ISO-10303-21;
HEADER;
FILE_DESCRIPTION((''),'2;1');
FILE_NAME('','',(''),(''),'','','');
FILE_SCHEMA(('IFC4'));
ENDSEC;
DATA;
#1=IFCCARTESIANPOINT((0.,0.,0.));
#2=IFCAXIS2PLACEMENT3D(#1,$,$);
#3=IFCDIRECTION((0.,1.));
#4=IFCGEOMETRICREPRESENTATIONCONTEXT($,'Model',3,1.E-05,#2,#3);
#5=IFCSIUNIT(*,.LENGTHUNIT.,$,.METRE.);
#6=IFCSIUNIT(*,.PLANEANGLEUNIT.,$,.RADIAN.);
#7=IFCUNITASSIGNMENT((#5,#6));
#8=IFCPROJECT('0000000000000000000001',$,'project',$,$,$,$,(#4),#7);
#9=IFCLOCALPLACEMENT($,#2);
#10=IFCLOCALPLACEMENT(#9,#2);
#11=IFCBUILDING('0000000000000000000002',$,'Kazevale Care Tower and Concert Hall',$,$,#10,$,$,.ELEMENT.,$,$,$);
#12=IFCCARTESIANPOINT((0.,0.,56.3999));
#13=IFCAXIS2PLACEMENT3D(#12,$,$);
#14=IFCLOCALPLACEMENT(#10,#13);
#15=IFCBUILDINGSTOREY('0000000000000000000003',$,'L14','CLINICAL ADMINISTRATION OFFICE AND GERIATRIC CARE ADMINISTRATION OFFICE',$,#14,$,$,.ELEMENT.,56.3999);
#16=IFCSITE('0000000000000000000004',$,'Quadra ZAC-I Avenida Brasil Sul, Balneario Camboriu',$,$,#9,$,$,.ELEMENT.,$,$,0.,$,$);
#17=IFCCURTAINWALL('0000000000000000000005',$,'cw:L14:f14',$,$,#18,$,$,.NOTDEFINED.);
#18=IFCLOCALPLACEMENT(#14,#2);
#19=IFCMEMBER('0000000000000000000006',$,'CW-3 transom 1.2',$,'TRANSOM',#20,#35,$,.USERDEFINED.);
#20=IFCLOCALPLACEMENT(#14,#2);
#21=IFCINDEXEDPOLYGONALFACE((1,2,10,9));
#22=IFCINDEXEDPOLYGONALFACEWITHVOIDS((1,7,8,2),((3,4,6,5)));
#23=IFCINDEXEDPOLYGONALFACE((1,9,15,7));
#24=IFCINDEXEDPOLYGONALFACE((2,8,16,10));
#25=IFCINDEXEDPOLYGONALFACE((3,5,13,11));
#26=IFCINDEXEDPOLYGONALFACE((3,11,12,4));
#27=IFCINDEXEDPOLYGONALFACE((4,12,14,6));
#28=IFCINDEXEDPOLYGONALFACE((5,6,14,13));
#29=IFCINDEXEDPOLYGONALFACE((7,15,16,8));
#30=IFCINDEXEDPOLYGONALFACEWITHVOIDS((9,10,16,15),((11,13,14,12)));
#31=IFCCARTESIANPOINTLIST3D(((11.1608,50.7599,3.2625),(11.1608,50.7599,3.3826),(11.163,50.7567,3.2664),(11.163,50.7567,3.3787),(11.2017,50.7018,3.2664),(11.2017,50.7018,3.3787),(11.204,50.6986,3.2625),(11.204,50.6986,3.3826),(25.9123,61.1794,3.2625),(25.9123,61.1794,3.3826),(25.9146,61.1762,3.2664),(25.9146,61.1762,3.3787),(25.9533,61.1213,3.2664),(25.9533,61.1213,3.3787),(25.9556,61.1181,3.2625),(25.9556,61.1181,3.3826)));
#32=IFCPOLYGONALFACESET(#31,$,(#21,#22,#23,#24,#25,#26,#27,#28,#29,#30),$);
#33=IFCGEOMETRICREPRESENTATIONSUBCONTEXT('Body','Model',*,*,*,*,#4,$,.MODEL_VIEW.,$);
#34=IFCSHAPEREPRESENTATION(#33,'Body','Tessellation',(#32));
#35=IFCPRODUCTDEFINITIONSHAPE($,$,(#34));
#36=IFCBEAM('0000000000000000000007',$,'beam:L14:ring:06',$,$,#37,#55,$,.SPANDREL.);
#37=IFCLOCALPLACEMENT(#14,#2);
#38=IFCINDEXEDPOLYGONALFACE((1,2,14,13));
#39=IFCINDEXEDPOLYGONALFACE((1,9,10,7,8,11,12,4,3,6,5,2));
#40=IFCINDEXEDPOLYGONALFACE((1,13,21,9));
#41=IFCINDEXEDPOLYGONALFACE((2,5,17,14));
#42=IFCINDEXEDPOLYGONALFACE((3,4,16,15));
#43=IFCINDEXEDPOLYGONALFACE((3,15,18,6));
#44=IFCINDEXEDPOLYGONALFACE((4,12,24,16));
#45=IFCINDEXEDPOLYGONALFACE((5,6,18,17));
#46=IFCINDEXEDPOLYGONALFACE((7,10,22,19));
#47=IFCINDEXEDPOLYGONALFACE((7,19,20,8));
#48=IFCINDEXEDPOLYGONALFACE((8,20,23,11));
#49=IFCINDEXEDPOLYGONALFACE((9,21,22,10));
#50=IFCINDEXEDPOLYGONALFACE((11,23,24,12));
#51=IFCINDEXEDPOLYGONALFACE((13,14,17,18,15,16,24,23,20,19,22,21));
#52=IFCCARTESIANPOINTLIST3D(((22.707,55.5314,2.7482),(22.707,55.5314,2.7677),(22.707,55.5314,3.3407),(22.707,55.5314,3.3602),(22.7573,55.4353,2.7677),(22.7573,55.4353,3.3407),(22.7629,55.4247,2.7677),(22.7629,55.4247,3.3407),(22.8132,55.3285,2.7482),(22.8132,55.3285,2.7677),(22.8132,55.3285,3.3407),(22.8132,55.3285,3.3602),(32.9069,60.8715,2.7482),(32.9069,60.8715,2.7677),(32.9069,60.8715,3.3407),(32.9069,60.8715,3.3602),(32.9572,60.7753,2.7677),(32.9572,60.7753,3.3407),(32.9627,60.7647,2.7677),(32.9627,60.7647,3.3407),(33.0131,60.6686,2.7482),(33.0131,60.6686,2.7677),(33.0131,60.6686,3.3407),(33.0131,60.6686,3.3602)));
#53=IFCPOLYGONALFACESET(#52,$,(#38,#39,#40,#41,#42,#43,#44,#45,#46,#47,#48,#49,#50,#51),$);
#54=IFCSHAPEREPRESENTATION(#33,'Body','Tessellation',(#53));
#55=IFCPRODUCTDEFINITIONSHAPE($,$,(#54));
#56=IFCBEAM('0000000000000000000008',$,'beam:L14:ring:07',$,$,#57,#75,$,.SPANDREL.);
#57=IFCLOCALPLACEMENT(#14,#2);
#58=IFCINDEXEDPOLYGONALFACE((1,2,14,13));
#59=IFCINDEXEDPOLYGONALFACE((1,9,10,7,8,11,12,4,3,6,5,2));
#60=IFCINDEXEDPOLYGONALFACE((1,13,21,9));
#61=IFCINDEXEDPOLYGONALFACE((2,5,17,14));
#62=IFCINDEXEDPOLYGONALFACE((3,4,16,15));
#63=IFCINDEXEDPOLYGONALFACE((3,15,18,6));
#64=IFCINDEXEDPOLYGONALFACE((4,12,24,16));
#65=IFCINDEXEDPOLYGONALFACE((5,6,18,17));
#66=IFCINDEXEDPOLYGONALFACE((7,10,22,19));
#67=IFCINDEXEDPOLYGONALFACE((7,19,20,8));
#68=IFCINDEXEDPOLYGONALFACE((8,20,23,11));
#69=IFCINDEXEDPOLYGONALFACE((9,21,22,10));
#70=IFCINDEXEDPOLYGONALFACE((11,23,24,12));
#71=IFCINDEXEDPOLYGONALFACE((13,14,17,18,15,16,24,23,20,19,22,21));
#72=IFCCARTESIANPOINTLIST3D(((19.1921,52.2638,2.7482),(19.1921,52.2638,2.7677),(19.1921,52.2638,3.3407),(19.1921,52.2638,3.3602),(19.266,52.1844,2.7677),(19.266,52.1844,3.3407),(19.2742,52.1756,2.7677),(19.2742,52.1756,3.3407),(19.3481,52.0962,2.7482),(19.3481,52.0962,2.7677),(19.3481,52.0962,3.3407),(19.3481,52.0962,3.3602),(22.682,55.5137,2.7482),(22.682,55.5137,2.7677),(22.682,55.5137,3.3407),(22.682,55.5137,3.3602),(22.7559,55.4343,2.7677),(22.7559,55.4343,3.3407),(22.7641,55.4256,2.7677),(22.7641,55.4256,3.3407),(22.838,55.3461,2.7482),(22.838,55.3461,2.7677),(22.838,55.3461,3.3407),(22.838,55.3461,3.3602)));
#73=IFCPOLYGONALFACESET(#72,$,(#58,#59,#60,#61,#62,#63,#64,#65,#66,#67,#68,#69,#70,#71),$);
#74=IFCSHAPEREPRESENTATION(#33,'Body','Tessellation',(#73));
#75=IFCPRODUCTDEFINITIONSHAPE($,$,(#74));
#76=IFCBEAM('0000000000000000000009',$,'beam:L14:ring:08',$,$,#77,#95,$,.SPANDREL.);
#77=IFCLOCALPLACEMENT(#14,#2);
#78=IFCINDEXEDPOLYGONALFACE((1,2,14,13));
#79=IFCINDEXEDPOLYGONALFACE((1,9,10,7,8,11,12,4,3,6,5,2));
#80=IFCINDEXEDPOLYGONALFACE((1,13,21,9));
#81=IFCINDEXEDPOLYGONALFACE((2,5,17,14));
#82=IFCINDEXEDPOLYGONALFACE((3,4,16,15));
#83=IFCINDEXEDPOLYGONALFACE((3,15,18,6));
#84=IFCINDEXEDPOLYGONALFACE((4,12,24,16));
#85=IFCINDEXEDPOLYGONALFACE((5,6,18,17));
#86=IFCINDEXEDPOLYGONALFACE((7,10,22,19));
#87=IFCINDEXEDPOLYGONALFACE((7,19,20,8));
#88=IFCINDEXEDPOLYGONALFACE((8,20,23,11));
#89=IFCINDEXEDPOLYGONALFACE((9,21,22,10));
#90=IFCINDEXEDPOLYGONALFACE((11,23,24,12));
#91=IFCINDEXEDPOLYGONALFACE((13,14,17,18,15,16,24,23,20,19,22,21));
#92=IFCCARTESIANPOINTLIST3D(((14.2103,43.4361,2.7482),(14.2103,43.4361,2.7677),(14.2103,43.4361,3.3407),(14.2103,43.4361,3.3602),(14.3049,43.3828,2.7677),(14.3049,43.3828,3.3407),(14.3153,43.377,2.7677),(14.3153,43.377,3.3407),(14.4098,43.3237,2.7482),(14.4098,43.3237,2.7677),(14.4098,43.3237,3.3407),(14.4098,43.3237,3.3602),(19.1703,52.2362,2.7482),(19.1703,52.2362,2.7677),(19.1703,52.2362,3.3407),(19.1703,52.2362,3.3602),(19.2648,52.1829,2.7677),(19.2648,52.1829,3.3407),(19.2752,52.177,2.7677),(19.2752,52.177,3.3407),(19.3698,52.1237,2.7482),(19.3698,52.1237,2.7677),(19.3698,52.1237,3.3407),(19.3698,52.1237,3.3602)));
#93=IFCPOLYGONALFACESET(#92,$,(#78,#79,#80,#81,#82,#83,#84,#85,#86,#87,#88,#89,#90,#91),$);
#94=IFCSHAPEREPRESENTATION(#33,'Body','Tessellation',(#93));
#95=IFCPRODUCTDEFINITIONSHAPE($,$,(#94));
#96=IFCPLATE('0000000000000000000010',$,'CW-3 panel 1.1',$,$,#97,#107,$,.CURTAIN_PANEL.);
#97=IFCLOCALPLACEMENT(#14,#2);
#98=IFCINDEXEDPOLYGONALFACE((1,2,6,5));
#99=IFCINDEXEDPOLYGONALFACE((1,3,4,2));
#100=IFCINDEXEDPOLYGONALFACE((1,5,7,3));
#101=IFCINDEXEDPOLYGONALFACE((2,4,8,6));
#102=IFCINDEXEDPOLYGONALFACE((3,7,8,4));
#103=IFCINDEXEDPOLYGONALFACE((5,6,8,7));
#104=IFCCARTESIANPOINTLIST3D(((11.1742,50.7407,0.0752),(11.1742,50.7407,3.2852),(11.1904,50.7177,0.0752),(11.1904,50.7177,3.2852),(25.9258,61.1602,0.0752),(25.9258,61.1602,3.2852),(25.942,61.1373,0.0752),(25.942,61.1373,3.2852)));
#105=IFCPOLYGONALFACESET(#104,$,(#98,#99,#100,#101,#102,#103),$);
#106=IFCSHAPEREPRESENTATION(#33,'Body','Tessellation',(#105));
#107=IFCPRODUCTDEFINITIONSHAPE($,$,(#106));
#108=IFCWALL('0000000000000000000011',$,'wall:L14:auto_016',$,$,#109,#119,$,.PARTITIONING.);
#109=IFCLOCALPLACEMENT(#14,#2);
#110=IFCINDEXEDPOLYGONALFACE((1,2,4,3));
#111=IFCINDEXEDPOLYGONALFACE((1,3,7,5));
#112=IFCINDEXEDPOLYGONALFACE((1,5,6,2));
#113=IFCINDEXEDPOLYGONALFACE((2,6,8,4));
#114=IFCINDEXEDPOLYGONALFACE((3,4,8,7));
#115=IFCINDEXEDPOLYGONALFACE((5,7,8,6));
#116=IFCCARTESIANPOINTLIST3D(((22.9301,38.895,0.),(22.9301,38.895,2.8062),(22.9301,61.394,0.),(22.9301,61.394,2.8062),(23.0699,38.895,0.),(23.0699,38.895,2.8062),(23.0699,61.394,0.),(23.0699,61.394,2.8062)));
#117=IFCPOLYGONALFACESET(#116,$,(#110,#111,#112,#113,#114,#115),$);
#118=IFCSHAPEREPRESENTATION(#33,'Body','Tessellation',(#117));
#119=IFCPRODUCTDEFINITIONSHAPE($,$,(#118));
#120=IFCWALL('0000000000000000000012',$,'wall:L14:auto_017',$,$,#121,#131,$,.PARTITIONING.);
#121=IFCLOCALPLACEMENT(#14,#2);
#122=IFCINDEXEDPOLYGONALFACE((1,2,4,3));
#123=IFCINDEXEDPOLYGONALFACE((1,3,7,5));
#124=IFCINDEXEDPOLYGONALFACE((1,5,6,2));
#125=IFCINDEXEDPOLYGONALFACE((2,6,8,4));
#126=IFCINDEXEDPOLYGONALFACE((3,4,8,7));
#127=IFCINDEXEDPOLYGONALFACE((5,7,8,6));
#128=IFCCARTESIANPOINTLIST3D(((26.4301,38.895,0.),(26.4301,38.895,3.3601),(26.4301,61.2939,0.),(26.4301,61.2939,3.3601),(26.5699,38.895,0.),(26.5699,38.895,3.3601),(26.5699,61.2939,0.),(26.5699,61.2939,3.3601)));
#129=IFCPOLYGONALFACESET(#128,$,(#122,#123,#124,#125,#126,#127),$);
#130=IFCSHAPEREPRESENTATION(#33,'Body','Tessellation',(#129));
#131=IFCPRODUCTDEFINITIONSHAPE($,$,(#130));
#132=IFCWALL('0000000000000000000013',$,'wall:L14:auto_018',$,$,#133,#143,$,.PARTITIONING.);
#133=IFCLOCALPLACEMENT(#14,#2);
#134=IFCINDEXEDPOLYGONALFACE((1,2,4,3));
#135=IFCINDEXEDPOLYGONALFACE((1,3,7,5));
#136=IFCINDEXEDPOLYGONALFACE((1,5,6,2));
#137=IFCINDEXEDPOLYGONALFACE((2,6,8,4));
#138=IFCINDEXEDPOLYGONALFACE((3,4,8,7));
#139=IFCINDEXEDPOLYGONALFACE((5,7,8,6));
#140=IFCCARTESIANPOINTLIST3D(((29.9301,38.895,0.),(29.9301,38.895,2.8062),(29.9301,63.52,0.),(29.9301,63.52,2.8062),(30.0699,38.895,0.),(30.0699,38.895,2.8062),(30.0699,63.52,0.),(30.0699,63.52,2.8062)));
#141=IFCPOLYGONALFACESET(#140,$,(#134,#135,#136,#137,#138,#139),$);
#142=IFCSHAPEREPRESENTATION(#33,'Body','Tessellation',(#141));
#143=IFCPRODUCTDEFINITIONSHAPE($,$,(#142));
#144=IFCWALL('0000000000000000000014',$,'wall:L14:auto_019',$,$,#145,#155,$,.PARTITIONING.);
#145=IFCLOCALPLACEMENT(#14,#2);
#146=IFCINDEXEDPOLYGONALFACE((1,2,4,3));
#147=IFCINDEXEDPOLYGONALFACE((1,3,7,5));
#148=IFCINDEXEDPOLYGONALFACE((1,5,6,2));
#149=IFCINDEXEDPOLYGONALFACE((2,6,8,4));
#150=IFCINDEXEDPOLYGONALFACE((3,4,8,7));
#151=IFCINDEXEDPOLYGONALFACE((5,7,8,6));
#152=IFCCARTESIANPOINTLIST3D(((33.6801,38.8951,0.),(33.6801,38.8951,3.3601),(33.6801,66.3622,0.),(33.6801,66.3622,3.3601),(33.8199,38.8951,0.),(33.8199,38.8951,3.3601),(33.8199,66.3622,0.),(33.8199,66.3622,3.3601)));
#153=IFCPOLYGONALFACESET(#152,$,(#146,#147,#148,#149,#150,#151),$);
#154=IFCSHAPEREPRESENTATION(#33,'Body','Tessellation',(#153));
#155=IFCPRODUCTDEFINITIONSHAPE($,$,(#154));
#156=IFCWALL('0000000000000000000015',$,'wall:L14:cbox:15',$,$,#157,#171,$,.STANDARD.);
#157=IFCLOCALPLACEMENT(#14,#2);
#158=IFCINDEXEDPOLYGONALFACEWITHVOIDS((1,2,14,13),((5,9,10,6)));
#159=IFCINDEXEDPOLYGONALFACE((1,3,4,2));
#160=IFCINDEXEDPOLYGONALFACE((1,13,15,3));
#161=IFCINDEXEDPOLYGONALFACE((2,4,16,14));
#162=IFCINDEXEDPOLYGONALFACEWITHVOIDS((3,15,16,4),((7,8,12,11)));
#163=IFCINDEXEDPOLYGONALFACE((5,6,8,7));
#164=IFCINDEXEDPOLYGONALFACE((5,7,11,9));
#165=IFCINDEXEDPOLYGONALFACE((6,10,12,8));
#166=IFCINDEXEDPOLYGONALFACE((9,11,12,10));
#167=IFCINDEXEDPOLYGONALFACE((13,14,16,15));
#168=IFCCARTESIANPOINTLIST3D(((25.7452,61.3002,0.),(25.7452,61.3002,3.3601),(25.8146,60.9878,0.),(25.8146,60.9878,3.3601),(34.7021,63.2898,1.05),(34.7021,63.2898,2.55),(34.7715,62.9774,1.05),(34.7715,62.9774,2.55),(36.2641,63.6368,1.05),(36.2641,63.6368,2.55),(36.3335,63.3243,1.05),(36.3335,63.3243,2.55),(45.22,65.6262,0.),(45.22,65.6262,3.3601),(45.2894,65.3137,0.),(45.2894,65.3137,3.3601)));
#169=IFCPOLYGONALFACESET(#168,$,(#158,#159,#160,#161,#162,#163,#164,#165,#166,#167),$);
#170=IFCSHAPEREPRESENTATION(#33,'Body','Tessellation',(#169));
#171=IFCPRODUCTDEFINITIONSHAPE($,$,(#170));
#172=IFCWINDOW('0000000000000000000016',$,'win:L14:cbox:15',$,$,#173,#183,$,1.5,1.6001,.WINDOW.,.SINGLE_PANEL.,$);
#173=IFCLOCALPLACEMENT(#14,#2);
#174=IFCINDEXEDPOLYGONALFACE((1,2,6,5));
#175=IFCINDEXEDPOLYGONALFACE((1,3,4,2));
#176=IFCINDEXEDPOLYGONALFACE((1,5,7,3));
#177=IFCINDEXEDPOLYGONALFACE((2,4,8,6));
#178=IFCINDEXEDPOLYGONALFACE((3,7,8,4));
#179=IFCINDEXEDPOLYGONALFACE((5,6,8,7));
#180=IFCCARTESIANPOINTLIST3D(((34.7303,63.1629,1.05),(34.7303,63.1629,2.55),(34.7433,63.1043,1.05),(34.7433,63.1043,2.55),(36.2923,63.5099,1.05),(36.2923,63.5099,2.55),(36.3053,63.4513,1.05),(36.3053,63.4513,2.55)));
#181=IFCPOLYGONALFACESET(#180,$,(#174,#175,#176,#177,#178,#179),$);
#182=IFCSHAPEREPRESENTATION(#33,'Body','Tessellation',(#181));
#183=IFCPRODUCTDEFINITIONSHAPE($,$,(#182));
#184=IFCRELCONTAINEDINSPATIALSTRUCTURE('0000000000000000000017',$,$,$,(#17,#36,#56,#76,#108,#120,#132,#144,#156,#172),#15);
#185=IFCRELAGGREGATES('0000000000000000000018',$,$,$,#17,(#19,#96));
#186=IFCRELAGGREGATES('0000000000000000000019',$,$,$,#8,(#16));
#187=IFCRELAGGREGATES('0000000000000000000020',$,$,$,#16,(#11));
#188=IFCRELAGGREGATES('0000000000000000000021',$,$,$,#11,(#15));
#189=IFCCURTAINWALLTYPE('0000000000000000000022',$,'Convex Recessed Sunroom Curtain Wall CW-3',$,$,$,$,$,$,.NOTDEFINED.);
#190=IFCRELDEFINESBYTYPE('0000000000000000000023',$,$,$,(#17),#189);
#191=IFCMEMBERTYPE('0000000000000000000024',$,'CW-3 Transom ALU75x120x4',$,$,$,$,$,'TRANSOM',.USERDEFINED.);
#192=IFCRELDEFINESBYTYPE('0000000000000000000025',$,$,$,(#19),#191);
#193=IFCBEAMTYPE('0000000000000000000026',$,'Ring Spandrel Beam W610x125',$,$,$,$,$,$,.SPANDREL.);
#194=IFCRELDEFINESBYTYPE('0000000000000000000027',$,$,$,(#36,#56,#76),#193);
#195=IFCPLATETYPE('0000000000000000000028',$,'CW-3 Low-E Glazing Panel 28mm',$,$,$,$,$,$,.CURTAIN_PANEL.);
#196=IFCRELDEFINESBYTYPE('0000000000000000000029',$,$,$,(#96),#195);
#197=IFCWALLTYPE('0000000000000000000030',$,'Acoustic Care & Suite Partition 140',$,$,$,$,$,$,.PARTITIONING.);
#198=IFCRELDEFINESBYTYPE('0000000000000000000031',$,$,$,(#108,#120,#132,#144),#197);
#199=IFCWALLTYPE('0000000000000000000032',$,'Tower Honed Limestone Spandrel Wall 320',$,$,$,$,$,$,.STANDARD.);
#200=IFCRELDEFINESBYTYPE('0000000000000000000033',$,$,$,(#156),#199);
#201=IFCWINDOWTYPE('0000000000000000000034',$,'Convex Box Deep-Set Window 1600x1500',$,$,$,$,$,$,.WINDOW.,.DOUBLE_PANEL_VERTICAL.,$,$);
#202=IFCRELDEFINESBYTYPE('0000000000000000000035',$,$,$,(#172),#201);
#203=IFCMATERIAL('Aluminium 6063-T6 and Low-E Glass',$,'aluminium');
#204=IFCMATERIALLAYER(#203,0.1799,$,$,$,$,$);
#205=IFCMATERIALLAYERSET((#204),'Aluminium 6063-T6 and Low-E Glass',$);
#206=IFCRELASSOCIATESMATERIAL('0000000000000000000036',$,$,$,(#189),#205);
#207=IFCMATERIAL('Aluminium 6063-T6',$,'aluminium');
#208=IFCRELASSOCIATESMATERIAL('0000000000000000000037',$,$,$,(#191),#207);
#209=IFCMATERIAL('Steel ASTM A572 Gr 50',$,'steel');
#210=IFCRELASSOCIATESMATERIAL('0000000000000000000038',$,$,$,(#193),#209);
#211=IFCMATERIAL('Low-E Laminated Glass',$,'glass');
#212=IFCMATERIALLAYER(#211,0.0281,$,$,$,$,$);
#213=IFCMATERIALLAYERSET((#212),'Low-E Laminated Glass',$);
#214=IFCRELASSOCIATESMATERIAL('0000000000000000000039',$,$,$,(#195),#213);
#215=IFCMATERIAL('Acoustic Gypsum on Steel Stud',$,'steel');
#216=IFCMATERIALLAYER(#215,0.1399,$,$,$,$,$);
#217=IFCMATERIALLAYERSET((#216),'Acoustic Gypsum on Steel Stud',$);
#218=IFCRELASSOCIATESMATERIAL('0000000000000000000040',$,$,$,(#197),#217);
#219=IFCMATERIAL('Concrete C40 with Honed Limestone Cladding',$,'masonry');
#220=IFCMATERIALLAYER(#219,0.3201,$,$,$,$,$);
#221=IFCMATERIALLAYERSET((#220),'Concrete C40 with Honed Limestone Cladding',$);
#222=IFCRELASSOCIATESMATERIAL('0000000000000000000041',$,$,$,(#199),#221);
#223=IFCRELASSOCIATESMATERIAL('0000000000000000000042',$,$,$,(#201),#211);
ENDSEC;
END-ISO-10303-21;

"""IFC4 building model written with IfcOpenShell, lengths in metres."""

from ifc_helpers import new_model, si_unit, direction, frame, frame_2d, origin, origin_2d, place, context, subcontext, project, spatial, rectangle, hollow_rectangle, i_section, extrude, material, layer, layer_set, material_profile, profile_set, type_object, element, fill, aggregate, save


model = new_model("IFC4")

# Units and contexts
model_context = context("Model", 3, precision=1e-05, world=origin(), true_north=direction((0.0, 1.0)))
body_context = subcontext(model_context, "Body", "Model", "MODEL_VIEW")
ifc_project = project(units=[si_unit("LENGTHUNIT", "METRE"), si_unit("PLANEANGLEUNIT", "RADIAN")], contexts=[model_context])

# Site, building, storey
site_placement = place(None, origin())
site = spatial("IfcSite", under=ifc_project, at=site_placement, Name="Quadra ZAC-I Avenida Brasil Sul, Balneario Camboriu", CompositionType="ELEMENT", RefElevation=0.0)
building_placement = place(site_placement, origin())
building = spatial("IfcBuilding", under=site, at=building_placement, Name="Kazevale Care Tower and Concert Hall", CompositionType="ELEMENT")
storey_placement = place(building_placement, frame((0.0, 0.0, 56.3999)))
storey = spatial("IfcBuildingStorey", under=building, at=storey_placement, Name="L14", Description="CLINICAL ADMINISTRATION OFFICE AND GERIATRIC CARE ADMINISTRATION OFFICE", CompositionType="ELEMENT", Elevation=56.3999)

# Curtain wall, member
ifc_material_1 = material(Name="Aluminium 6063-T6 and Low-E Glass", Category="aluminium")
ifc_layer_1 = layer(ifc_material_1, 0.1799)
ifc_layer_set_1 = layer_set([ifc_layer_1], Name="Aluminium 6063-T6 and Low-E Glass")
curtain_wall_type = type_object("IfcCurtainWallType", Name="Convex Recessed Sunroom Curtain Wall CW-3", PredefinedType="NOTDEFINED", material=ifc_layer_set_1)
curtain_wall_placement = place(storey_placement, origin())
curtain_wall = element("IfcCurtainWall", 1, at=curtain_wall_placement, inside=storey, type_object=curtain_wall_type, Name="cw:L14:f14", PredefinedType="NOTDEFINED")
ifc_material_2 = material(Name="Aluminium 6063-T6", Category="aluminium")
ifc_material_profile_1 = material_profile(ifc_material_2, hollow_rectangle(XDim=0.075, YDim=0.1201, WallThickness=0.0039, at=origin_2d()), Name="ALU75x120x4")
ifc_profile_set_1 = profile_set([ifc_material_profile_1], Name="Aluminium 6063-T6")
member_type_1 = type_object("IfcMemberType", Name="CW-3 Transom ALU75x120x4", ElementType="TRANSOM", PredefinedType="USERDEFINED", material=ifc_profile_set_1)
member_1_placement = place(storey_placement, frame((11.1824, 50.7292, 3.3225), z_axis=(0.816795, 0.576928, 0.0), x_axis=(-0.576928, 0.816795, 0.0)))
member_1 = element("IfcMember", 2, at=member_1_placement, type_object=member_type_1, Name="CW-3 transom 1.2", ObjectType="TRANSOM", PredefinedType="USERDEFINED", context=body_context, shape_type="SweptSolid", body=[
    extrude(hollow_rectangle(XDim=0.075, YDim=0.1201, WallThickness=0.0039, at=origin_2d()), origin(), (0.0, 0.0, 1.0), 18.0603),
])

# Beams
ifc_material_3 = material(Name="Steel ASTM A572 Gr 50", Category="steel")
ifc_material_profile_2 = material_profile(ifc_material_3, i_section(OverallWidth=0.229, OverallDepth=0.6121, WebThickness=0.012, FlangeThickness=0.0195, at=origin_2d()), Name="W610x125")
ifc_profile_set_2 = profile_set([ifc_material_profile_2], Name="Steel ASTM A572 Gr 50")
beam_type = type_object("IfcBeamType", Name="Ring Spandrel Beam W610x125", PredefinedType="SPANDREL", material=ifc_profile_set_2)
beam_1_placement = place(storey_placement, frame((32.96, 60.77, 3.0542), z_axis=(-0.885929, -0.46382, 0.0), x_axis=(0.46382, -0.885929, 0.0)))
element("IfcBeam", 3, at=beam_1_placement, inside=storey, type_object=beam_type, Name="beam:L14:ring:06", PredefinedType="SPANDREL", context=body_context, shape_type="SweptSolid", body=[
    extrude(i_section(OverallWidth=0.229, OverallDepth=0.6121, WebThickness=0.012, FlangeThickness=0.0195, at=origin_2d()), origin(), (0.0, 0.0, 1.0), 11.5132),
])
beam_2_placement = place(storey_placement, frame((22.76, 55.4299, 3.0542), z_axis=(-0.731821, -0.681497, 0.0), x_axis=(0.681497, -0.731821, 0.0)))
element("IfcBeam", 4, at=beam_2_placement, inside=storey, type_object=beam_type, Name="beam:L14:ring:07", PredefinedType="SPANDREL", context=body_context, shape_type="SweptSolid", body=[
    extrude(i_section(OverallWidth=0.229, OverallDepth=0.6121, WebThickness=0.012, FlangeThickness=0.0195, at=origin_2d()), origin(), (0.0, 0.0, 1.0), 4.7688),
])
beam_3_placement = place(storey_placement, frame((19.27, 52.1799, 3.0542), z_axis=(-0.491008, -0.871155, 0.0), x_axis=(0.871155, -0.491008, 0.0)))
element("IfcBeam", 5, at=beam_3_placement, inside=storey, type_object=beam_type, Name="beam:L14:ring:08", PredefinedType="SPANDREL", context=body_context, shape_type="SweptSolid", body=[
    extrude(i_section(OverallWidth=0.229, OverallDepth=0.6121, WebThickness=0.012, FlangeThickness=0.0195, at=origin_2d()), origin(), (0.0, 0.0, 1.0), 10.1016),
])

# Plate
ifc_material_4 = material(Name="Low-E Laminated Glass", Category="glass")
ifc_layer_2 = layer(ifc_material_4, 0.0281)
ifc_layer_set_2 = layer_set([ifc_layer_2], Name="Low-E Laminated Glass")
plate_type = type_object("IfcPlateType", Name="CW-3 Low-E Glazing Panel 28mm", PredefinedType="CURTAIN_PANEL", material=ifc_layer_set_2)
plate_placement = place(storey_placement, frame((18.5581, 55.939, 0.0752), z_axis=(0.0, 0.0, 1.0), x_axis=(0.816794, 0.576929, 0.0)))
plate = element("IfcPlate", 6, at=plate_placement, type_object=plate_type, Name="CW-3 panel 1.1", PredefinedType="CURTAIN_PANEL", context=body_context, shape_type="SweptSolid", body=[
    extrude(rectangle(XDim=18.0603, YDim=0.0281, at=origin_2d()), origin(), (0.0, 0.0, 1.0), 3.21),
])
aggregate(curtain_wall, [member_1, plate])

# Walls
ifc_material_5 = material(Name="Acoustic Gypsum on Steel Stud", Category="steel")
ifc_layer_3 = layer(ifc_material_5, 0.1399)
ifc_layer_set_3 = layer_set([ifc_layer_3], Name="Acoustic Gypsum on Steel Stud")
wall_type_1 = type_object("IfcWallType", Name="Acoustic Care & Suite Partition 140", PredefinedType="PARTITIONING", material=ifc_layer_set_3)
wall_1_placement = place(storey_placement, frame((23.0, 61.394, 0.0), z_axis=(0.0, 0.0, 1.0), x_axis=(0.0, -1.0, 0.0)))
element("IfcWall", 7, at=wall_1_placement, inside=storey, type_object=wall_type_1, Name="wall:L14:auto_016", PredefinedType="PARTITIONING", context=body_context, shape_type="SweptSolid", body=[
    extrude(rectangle(XDim=22.499, YDim=0.1399, at=frame_2d((11.2495, 0.0))), origin(), (0.0, 0.0, 1.0), 2.8062),
])
wall_2_placement = place(storey_placement, frame((26.5, 61.2939, 0.0), z_axis=(0.0, 0.0, 1.0), x_axis=(0.0, -1.0, 0.0)))
element("IfcWall", 8, at=wall_2_placement, inside=storey, type_object=wall_type_1, Name="wall:L14:auto_017", PredefinedType="PARTITIONING", context=body_context, shape_type="SweptSolid", body=[
    extrude(rectangle(XDim=22.3989, YDim=0.1399, at=frame_2d((11.1995, 0.0))), origin(), (0.0, 0.0, 1.0), 3.3601),
])
wall_3_placement = place(storey_placement, frame((30.0, 63.52, 0.0), z_axis=(0.0, 0.0, 1.0), x_axis=(0.0, -1.0, 0.0)))
element("IfcWall", 9, at=wall_3_placement, inside=storey, type_object=wall_type_1, Name="wall:L14:auto_018", PredefinedType="PARTITIONING", context=body_context, shape_type="SweptSolid", body=[
    extrude(rectangle(XDim=24.625, YDim=0.1399, at=frame_2d((12.3125, 0.0))), origin(), (0.0, 0.0, 1.0), 2.8062),
])
wall_4_placement = place(storey_placement, frame((33.75, 66.3621, 0.0), z_axis=(0.0, 0.0, 1.0), x_axis=(0.0, -1.0, 0.0)))
element("IfcWall", 10, at=wall_4_placement, inside=storey, type_object=wall_type_1, Name="wall:L14:auto_019", PredefinedType="PARTITIONING", context=body_context, shape_type="SweptSolid", body=[
    extrude(rectangle(XDim=27.467, YDim=0.1399, at=frame_2d((13.7334, 0.0))), origin(), (0.0, 0.0, 1.0), 3.3601),
])

# Wall, opening, window
ifc_material_6 = material(Name="Concrete C40 with Honed Limestone Cladding", Category="masonry")
ifc_layer_4 = layer(ifc_material_6, 0.3201)
ifc_layer_set_4 = layer_set([ifc_layer_4], Name="Concrete C40 with Honed Limestone Cladding")
wall_type_2 = type_object("IfcWallType", Name="Tower Honed Limestone Spandrel Wall 320", PredefinedType="STANDARD", material=ifc_layer_set_4)
wall_5_placement = place(storey_placement, frame((25.78, 61.144, 0.0), z_axis=(0.0, 0.0, 1.0), x_axis=(0.976206, 0.216844, 0.0)))
wall_5 = element("IfcWall", 11, at=wall_5_placement, inside=storey, type_object=wall_type_2, Name="wall:L14:cbox:15", PredefinedType="STANDARD", context=body_context, shape_type="SweptSolid", body=[
    extrude(rectangle(XDim=19.9495, YDim=0.3201, at=frame_2d((9.9746, 0.0))), origin(), (0.0, 0.0, 1.0), 3.3601),
])
opening_placement = place(wall_5_placement, frame((9.175, 0.0, 1.05)))
opening = element("IfcOpeningElement", 12, at=opening_placement, cuts=wall_5, PredefinedType="OPENING", context=body_context, shape_type="SweptSolid", body=[
    extrude(rectangle(XDim=1.6001, YDim=1.5, at=frame_2d((0.8, 0.75))), frame((0.0, 0.1699, 0.0), z_axis=(0.0, -1.0, 0.0), x_axis=(1.0, 0.0, 0.0)), (0.0, 0.0, 1.0), 0.3401),
])
window_type = type_object("IfcWindowType", Name="Convex Box Deep-Set Window 1600x1500", PartitioningType="DOUBLE_PANEL_VERTICAL", PredefinedType="WINDOW", material=ifc_material_4)
window_placement = place(opening_placement, origin())
window = element("IfcWindow", 13, at=window_placement, inside=storey, type_object=window_type, Name="win:L14:cbox:15", OverallHeight=1.5, OverallWidth=1.6001, PartitioningType="SINGLE_PANEL", PredefinedType="WINDOW", context=body_context, shape_type="SweptSolid", body=[
    extrude(rectangle(XDim=1.6001, YDim=1.5, at=frame_2d((0.8, 0.75))), frame((0.0, 0.03, 0.0), z_axis=(0.0, -1.0, 0.0), x_axis=(1.0, 0.0, 0.0)), (0.0, 0.0, 1.0), 0.0601),
])
fill(opening, window)

save(model, "model.ifc")
